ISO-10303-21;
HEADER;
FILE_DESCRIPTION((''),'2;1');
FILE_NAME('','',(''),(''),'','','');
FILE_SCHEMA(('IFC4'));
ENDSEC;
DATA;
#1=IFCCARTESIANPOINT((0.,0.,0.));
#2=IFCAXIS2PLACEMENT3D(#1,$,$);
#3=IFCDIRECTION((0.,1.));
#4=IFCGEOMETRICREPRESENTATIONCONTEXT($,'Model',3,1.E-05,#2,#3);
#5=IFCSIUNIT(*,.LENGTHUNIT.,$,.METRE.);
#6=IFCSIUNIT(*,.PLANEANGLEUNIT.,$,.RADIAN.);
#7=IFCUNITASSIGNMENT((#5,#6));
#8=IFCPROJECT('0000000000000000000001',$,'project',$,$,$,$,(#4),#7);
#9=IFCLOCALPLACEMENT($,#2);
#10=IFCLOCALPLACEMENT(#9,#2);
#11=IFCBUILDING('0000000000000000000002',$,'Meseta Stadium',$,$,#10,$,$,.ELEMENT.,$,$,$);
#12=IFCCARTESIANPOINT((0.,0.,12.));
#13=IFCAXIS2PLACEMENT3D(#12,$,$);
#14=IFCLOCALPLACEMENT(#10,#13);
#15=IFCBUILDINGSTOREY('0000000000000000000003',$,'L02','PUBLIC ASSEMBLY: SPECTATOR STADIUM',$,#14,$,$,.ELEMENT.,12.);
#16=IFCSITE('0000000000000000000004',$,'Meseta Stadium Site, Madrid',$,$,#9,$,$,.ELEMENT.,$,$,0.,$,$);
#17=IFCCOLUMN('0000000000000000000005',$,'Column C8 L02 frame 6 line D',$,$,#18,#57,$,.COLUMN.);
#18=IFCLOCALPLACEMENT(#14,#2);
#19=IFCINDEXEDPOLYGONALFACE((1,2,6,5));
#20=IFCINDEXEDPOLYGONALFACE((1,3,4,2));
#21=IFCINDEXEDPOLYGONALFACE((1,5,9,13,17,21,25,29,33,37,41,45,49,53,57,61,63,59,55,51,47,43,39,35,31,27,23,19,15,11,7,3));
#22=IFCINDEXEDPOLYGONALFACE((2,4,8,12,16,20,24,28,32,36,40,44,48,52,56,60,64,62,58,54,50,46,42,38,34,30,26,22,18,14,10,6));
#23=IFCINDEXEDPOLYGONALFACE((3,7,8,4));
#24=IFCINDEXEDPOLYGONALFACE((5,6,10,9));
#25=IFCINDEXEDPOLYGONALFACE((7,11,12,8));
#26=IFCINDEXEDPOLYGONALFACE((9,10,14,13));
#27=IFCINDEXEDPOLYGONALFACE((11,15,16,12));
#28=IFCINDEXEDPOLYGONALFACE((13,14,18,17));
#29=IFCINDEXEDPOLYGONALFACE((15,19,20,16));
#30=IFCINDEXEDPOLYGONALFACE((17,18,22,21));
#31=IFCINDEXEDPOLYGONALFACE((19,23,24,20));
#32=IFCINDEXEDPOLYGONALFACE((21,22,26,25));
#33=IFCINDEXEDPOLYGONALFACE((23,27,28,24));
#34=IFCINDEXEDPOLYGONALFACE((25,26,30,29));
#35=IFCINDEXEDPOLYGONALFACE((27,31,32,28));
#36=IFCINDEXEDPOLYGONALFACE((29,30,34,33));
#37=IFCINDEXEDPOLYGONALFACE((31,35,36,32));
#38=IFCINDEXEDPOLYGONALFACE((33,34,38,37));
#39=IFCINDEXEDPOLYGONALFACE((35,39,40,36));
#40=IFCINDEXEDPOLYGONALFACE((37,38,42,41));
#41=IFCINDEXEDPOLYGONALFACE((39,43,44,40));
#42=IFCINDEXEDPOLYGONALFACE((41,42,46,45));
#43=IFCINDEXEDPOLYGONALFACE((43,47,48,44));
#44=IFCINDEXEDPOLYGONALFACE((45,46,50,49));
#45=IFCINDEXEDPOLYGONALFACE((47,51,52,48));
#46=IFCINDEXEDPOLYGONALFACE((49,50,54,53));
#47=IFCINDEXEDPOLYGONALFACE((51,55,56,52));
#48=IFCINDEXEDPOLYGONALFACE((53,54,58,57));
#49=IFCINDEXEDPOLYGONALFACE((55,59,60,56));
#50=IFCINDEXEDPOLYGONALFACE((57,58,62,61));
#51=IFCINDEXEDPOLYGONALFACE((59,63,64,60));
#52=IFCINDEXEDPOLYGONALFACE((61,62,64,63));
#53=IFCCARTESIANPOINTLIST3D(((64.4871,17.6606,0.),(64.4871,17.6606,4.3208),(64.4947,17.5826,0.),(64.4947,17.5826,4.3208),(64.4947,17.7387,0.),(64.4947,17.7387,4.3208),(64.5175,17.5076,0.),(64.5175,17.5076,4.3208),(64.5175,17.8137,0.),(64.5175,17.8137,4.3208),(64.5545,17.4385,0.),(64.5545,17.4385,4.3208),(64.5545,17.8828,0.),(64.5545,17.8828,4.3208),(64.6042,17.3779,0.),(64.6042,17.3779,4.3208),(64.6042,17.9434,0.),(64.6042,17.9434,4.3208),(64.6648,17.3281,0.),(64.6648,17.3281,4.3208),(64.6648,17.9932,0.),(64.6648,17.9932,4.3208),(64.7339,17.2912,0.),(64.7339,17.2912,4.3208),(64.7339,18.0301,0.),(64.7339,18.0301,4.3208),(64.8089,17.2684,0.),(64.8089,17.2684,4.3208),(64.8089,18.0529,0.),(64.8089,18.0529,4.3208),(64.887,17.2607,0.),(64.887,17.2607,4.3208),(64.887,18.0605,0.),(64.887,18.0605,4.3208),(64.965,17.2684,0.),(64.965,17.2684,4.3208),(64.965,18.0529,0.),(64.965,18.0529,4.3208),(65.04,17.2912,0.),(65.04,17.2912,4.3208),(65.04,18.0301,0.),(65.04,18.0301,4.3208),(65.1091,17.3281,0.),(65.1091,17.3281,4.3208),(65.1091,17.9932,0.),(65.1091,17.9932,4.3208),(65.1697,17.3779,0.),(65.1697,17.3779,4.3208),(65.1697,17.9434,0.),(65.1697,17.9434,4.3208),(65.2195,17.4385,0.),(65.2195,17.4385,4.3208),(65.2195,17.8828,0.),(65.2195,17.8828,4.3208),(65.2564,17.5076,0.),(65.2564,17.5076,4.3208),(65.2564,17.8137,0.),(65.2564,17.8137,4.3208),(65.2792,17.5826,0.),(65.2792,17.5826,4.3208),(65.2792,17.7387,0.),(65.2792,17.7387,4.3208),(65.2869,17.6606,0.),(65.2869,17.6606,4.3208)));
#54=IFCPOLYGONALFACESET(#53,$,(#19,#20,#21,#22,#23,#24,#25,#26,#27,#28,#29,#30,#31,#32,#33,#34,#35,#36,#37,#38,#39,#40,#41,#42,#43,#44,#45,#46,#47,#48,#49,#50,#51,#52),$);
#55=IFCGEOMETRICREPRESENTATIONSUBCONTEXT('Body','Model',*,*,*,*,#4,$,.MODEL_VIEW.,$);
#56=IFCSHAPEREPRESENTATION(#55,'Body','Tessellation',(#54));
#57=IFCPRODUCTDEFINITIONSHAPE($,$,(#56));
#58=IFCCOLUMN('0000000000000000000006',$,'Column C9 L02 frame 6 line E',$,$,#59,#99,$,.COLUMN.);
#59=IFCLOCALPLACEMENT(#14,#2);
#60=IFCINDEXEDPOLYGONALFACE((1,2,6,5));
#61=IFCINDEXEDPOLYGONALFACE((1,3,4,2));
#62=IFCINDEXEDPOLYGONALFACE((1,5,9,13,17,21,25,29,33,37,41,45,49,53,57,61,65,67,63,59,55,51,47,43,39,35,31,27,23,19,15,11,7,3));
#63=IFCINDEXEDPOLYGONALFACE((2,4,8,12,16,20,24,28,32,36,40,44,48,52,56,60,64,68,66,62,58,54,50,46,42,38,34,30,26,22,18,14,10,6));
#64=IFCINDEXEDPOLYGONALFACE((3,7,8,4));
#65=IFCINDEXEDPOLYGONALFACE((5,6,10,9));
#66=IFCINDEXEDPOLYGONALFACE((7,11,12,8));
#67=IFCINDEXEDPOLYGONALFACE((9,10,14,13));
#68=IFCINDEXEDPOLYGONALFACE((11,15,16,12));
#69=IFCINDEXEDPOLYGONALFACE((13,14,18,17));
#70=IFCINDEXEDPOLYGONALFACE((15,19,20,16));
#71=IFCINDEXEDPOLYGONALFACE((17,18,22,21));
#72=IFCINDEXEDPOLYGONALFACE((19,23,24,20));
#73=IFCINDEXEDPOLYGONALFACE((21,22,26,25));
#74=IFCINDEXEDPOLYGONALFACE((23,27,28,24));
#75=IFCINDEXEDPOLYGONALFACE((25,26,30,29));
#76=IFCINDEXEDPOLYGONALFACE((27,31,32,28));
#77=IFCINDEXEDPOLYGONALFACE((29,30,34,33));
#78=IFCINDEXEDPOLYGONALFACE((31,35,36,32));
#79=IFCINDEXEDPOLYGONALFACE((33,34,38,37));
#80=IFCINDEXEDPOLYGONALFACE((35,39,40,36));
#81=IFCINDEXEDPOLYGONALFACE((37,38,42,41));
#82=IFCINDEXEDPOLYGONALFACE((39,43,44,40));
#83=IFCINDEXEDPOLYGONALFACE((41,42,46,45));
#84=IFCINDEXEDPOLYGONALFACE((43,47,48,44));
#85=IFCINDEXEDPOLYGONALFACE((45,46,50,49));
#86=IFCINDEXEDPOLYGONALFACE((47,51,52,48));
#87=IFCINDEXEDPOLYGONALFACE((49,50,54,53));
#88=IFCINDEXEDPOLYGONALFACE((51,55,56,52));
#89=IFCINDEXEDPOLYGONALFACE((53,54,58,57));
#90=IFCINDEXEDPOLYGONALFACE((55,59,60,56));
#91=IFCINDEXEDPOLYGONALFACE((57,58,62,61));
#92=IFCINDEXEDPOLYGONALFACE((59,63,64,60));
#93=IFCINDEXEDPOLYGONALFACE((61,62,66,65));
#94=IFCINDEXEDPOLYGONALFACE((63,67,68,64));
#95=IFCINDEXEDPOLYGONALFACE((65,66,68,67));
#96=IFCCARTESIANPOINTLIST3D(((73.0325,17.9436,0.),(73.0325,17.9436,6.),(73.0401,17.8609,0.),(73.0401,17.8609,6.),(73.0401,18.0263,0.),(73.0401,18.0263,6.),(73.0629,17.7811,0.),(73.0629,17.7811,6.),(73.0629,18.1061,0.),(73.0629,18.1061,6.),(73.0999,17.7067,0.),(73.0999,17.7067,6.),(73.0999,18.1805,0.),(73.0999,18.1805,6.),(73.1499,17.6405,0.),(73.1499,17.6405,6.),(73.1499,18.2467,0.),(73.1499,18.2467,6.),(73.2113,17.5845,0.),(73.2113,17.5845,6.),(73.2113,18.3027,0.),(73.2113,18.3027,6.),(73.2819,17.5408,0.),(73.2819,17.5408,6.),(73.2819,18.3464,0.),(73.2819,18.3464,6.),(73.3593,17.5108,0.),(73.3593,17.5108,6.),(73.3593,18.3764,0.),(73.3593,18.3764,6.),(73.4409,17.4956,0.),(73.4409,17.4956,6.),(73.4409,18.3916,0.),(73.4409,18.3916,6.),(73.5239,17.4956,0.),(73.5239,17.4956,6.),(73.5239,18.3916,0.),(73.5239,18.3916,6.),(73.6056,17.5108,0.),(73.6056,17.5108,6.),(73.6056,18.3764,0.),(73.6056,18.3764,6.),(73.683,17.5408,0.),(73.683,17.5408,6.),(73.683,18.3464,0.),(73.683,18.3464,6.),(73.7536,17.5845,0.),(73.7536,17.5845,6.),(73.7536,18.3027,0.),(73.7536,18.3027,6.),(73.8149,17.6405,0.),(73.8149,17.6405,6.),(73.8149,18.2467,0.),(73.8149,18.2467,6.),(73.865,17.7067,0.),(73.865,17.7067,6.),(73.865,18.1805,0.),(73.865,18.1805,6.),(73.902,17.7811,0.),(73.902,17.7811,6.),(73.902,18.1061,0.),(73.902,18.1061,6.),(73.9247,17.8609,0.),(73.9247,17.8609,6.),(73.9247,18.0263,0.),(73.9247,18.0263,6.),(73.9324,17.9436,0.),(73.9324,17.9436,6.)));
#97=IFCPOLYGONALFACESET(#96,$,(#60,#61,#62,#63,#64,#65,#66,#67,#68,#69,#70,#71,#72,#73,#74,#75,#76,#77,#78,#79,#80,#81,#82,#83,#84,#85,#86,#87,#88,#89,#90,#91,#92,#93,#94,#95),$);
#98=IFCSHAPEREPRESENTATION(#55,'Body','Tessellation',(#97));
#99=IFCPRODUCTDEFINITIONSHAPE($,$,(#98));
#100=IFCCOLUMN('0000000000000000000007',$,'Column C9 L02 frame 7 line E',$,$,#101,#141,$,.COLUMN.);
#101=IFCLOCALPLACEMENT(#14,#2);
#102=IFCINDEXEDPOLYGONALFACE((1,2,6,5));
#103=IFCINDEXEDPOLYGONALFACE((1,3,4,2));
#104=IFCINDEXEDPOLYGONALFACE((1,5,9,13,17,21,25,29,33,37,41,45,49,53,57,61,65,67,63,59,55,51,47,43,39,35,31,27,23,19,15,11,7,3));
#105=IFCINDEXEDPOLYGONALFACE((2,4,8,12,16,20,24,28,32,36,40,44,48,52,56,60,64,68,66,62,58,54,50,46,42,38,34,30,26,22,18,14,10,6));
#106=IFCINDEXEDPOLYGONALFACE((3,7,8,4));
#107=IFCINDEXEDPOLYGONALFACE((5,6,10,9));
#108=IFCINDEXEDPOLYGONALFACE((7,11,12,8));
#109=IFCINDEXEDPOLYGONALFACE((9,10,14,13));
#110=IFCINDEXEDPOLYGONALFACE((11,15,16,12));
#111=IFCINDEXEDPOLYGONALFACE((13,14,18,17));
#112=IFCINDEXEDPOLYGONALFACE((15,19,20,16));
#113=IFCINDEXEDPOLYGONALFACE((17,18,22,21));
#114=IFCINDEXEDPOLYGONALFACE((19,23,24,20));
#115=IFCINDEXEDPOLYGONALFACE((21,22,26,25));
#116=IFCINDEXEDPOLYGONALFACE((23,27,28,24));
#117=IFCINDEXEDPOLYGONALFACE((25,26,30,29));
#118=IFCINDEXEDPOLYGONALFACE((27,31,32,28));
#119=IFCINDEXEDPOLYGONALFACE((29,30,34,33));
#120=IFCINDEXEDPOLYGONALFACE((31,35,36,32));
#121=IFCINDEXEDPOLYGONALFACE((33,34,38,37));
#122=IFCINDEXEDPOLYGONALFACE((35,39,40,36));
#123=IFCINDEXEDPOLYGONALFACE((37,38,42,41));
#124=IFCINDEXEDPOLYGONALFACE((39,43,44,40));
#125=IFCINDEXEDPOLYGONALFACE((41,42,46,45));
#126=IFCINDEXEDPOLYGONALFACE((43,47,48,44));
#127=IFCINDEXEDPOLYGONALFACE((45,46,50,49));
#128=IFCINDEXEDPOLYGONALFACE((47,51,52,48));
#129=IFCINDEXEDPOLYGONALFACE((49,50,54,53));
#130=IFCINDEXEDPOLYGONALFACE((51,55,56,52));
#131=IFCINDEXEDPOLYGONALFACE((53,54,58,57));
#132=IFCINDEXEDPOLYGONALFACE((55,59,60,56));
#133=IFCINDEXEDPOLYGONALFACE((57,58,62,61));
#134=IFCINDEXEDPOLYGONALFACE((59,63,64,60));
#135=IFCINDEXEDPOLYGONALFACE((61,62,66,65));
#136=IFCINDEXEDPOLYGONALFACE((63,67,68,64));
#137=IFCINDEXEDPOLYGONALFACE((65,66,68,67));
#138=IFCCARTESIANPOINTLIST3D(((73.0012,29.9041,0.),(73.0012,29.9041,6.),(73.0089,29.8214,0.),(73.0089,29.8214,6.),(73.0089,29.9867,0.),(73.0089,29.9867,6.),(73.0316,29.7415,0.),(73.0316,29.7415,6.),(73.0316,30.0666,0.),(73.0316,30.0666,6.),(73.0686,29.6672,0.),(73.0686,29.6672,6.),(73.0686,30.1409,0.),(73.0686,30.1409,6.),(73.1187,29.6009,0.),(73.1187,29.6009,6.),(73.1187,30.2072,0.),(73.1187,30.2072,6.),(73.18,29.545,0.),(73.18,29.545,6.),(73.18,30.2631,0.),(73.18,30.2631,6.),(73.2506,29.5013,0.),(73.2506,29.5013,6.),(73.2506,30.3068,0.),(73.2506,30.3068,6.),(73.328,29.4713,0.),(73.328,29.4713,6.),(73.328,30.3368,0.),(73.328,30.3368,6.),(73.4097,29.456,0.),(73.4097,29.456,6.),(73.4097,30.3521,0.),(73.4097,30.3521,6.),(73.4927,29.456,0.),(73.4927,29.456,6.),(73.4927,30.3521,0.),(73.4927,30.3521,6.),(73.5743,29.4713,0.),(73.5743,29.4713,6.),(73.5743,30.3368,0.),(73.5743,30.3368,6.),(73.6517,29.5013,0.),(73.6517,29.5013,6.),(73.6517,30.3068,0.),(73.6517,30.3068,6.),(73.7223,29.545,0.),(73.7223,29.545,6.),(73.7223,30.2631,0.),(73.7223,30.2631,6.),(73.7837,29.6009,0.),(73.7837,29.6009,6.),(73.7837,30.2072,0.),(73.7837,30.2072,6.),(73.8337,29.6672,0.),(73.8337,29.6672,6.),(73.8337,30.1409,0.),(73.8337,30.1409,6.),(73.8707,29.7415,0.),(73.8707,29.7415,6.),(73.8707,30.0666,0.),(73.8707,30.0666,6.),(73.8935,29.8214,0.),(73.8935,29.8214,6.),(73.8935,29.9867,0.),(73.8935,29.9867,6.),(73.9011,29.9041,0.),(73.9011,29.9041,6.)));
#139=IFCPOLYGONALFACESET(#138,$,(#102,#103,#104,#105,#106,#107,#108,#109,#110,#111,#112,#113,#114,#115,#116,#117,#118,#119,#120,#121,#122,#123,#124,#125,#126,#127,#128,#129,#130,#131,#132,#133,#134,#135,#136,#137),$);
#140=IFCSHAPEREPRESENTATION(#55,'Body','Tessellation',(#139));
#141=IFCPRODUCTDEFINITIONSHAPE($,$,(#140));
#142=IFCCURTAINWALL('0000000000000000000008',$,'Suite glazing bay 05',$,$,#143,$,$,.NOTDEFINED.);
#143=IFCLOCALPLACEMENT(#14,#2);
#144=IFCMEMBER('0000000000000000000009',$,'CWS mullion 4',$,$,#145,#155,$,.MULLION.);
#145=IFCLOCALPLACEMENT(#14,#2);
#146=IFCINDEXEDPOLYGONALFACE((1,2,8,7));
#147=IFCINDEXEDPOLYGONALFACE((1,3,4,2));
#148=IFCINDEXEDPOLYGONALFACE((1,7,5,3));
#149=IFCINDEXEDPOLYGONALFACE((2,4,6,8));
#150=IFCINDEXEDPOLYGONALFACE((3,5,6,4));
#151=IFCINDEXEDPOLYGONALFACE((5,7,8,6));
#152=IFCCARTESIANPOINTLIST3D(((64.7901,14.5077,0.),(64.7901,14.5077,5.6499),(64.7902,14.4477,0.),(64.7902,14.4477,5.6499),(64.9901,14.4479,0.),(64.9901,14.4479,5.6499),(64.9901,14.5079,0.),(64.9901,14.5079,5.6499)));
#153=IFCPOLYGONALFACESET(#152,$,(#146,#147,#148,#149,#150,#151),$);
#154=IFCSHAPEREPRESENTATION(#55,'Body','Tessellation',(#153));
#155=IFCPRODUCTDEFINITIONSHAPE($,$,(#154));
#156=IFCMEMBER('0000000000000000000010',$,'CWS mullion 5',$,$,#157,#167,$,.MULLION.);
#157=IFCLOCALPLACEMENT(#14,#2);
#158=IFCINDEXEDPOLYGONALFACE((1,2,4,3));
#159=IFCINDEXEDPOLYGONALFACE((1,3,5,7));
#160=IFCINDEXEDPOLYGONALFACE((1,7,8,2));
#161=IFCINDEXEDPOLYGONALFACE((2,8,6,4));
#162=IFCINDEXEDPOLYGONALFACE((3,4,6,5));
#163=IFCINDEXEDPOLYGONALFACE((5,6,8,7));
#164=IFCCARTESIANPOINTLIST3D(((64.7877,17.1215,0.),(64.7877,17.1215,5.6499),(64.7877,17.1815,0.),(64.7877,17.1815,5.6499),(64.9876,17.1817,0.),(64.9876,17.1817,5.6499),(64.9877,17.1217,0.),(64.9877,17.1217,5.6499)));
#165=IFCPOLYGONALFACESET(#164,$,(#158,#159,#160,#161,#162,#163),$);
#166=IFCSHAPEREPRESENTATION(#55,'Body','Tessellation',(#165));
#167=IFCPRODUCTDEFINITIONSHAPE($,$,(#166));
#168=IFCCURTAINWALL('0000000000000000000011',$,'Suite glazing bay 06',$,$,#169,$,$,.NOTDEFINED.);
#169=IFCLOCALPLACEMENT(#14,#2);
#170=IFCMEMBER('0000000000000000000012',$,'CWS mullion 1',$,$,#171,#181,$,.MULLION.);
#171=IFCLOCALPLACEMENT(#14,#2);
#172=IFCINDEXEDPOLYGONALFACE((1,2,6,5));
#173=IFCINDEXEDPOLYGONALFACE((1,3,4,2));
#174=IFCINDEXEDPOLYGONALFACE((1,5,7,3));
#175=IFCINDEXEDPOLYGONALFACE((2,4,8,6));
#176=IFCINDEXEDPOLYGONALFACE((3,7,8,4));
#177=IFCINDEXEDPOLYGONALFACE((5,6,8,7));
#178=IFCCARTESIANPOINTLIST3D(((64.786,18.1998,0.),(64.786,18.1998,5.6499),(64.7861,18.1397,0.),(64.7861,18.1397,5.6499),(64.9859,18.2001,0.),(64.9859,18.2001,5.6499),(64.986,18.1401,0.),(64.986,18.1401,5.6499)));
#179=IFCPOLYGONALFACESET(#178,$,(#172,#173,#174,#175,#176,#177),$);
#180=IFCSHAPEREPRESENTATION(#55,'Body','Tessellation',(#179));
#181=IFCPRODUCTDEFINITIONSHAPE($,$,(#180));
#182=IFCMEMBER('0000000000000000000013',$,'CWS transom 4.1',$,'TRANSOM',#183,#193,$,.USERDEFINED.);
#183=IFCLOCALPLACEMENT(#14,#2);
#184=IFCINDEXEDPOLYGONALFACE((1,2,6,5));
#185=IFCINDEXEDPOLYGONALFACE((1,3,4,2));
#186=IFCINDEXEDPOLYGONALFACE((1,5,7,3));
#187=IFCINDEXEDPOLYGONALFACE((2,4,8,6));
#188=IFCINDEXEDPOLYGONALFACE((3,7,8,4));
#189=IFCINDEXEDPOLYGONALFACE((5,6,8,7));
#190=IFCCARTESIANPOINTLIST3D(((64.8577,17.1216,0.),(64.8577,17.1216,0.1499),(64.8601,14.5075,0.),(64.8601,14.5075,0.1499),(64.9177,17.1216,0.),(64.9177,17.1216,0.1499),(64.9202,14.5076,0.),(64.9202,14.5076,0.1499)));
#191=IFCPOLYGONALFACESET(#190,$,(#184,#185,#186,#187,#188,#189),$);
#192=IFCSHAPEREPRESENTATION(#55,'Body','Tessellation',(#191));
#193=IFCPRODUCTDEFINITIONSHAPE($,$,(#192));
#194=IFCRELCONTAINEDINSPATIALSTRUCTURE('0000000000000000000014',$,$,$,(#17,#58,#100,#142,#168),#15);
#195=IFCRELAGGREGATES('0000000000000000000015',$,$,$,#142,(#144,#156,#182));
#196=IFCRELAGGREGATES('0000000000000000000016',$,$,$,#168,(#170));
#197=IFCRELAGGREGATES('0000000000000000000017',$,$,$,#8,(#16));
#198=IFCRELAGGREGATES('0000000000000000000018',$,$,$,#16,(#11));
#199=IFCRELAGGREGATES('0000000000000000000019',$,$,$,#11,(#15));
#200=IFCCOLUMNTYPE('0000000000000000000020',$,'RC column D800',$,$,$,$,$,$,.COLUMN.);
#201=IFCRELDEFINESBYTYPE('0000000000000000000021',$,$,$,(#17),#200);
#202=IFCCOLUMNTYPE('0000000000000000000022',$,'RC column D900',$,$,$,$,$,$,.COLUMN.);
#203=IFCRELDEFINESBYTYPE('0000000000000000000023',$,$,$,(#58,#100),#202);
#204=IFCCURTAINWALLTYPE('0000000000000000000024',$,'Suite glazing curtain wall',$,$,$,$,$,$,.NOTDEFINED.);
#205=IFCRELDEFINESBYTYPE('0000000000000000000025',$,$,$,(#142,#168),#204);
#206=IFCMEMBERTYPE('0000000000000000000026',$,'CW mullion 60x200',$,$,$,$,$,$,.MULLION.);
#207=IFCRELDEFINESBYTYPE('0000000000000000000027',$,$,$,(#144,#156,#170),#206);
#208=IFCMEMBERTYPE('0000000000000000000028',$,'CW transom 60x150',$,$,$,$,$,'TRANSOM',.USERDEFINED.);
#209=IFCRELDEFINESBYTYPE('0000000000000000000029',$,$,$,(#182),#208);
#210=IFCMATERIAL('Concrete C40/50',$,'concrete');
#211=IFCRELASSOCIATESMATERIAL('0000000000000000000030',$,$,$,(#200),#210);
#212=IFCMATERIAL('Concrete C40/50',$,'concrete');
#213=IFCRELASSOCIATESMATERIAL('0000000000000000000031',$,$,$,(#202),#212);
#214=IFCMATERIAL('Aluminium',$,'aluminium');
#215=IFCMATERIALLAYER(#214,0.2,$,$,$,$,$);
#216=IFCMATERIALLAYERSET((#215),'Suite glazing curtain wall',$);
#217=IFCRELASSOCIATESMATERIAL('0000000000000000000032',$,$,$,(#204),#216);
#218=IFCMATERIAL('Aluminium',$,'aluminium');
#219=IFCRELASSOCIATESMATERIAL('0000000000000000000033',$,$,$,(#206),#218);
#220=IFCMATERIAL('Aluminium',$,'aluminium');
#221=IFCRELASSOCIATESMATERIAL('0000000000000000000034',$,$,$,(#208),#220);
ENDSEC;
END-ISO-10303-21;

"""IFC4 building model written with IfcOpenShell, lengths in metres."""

from ifc_helpers import new_model, si_unit, direction, frame, origin, origin_2d, place, context, subcontext, project, spatial, rectangle, circle, extrude, material, layer, layer_set, material_profile, profile_set, type_object, element, aggregate, save


model = new_model("IFC4")

# Units and contexts
model_context = context("Model", 3, precision=1e-05, world=origin(), true_north=direction((0.0, 1.0)))
body_context = subcontext(model_context, "Body", "Model", "MODEL_VIEW")
ifc_project = project(units=[si_unit("LENGTHUNIT", "METRE"), si_unit("PLANEANGLEUNIT", "RADIAN")], contexts=[model_context])

# Site, building, storey
site_placement = place(None, origin())
site = spatial("IfcSite", under=ifc_project, at=site_placement, Name="Meseta Stadium Site, Madrid", CompositionType="ELEMENT", RefElevation=0.0)
building_placement = place(site_placement, origin())
building = spatial("IfcBuilding", under=site, at=building_placement, Name="Meseta Stadium", CompositionType="ELEMENT")
storey_placement = place(building_placement, frame((0.0, 0.0, 12.0)))
storey = spatial("IfcBuildingStorey", under=building, at=storey_placement, Name="L02", Description="PUBLIC ASSEMBLY: SPECTATOR STADIUM", CompositionType="ELEMENT", Elevation=12.0)

# Columns
ifc_material_1 = material(Name="Concrete C40/50", Category="concrete")
ifc_material_profile_1 = material_profile(ifc_material_1, circle(Radius=0.3999, at=origin_2d()), Name="RC D800")
ifc_profile_set_1 = profile_set([ifc_material_profile_1], Name="Concrete C40/50")
column_type_1 = type_object("IfcColumnType", Name="RC column D800", PredefinedType="COLUMN", material=ifc_profile_set_1)
column_placement = place(storey_placement, frame((64.887, 17.6606, 0.0), z_axis=(0.0, 0.0, 1.0), x_axis=(1.0, 0.0, 0.0)))
element("IfcColumn", 1, at=column_placement, inside=storey, type_object=column_type_1, Name="Column C8 L02 frame 6 line D", PredefinedType="COLUMN", context=body_context, shape_type="SweptSolid", body=[
    extrude(circle(Radius=0.3999, at=origin_2d()), origin(), (0.0, 0.0, 1.0), 4.3208),
])
ifc_material_2 = material(Name="Concrete C40/50", Category="concrete")
ifc_material_profile_2 = material_profile(ifc_material_2, circle(Radius=0.45, at=origin_2d()), Name="RC D900")
ifc_profile_set_2 = profile_set([ifc_material_profile_2], Name="Concrete C40/50")
column_type_2 = type_object("IfcColumnType", Name="RC column D900", PredefinedType="COLUMN", material=ifc_profile_set_2)
for number, where, z_axis, x_axis, name in (
    (2, (73.4824, 17.9436, 0.0), (0.0, 0.0, 1.0), (1.0, 0.0, 0.0), "Column C9 L02 frame 6 line E"),
    (3, (73.4512, 29.9041, 0.0), (0.0, 0.0, 1.0), (1.0, 0.0, 0.0), "Column C9 L02 frame 7 line E"),
):
    element("IfcColumn", number, at=place(storey_placement, frame(where, z_axis=z_axis, x_axis=x_axis)), inside=storey, type_object=column_type_2, Name=name, PredefinedType="COLUMN", context=body_context, shape_type="SweptSolid", body=[
        extrude(circle(Radius=0.45, at=origin_2d()), origin(), (0.0, 0.0, 1.0), 6.0),
    ])

# Curtain wall, members
ifc_material_3 = material(Name="Aluminium", Category="aluminium")
ifc_layer_1 = layer(ifc_material_3, 0.2)
ifc_layer_set_1 = layer_set([ifc_layer_1], Name="Suite glazing curtain wall")
curtain_wall_type = type_object("IfcCurtainWallType", Name="Suite glazing curtain wall", PredefinedType="NOTDEFINED", material=ifc_layer_set_1)
curtain_wall_1_placement = place(storey_placement, origin())
curtain_wall_1 = element("IfcCurtainWall", 4, at=curtain_wall_1_placement, inside=storey, type_object=curtain_wall_type, Name="Suite glazing bay 05", PredefinedType="NOTDEFINED")
ifc_material_4 = material(Name="Aluminium", Category="aluminium")
ifc_material_profile_3 = material_profile(ifc_material_4, rectangle(XDim=0.2, YDim=0.0601, at=origin_2d()), Name="CW 200x60")
ifc_profile_set_3 = profile_set([ifc_material_profile_3], Name="Aluminium")
member_type_1 = type_object("IfcMemberType", Name="CW mullion 60x200", PredefinedType="MULLION", material=ifc_profile_set_3)
member_1_placement = place(storey_placement, frame((64.8901, 14.4778, 0.0), z_axis=(0.0, 0.0, 1.0), x_axis=(-1.0, -0.000975, 0.0)))
member_1 = element("IfcMember", 5, at=member_1_placement, type_object=member_type_1, Name="CWS mullion 4", PredefinedType="MULLION", context=body_context, shape_type="SweptSolid", body=[
    extrude(rectangle(XDim=0.2, YDim=0.0601, at=origin_2d()), origin(), (0.0, 0.0, 1.0), 5.6499),
])
member_2_placement = place(storey_placement, frame((64.8877, 17.1516, 0.0), z_axis=(0.0, 0.0, 1.0), x_axis=(-1.0, -0.000975, 0.0)))
member_2 = element("IfcMember", 6, at=member_2_placement, type_object=member_type_1, Name="CWS mullion 5", PredefinedType="MULLION", context=body_context, shape_type="SweptSolid", body=[
    extrude(rectangle(XDim=0.2, YDim=0.0601, at=origin_2d()), origin(), (0.0, 0.0, 1.0), 5.6499),
])

# Curtain wall, member
curtain_wall_2_placement = place(storey_placement, origin())
curtain_wall_2 = element("IfcCurtainWall", 7, at=curtain_wall_2_placement, inside=storey, type_object=curtain_wall_type, Name="Suite glazing bay 06", PredefinedType="NOTDEFINED")
member_3_placement = place(storey_placement, frame((64.886, 18.1699, 0.0), z_axis=(0.0, 0.0, 1.0), x_axis=(-0.999998, -0.001947, 0.0)))
member_3 = element("IfcMember", 8, at=member_3_placement, type_object=member_type_1, Name="CWS mullion 1", PredefinedType="MULLION", context=body_context, shape_type="SweptSolid", body=[
    extrude(rectangle(XDim=0.2, YDim=0.0601, at=origin_2d()), origin(), (0.0, 0.0, 1.0), 5.6499),
])

# Member
ifc_material_5 = material(Name="Aluminium", Category="aluminium")
ifc_material_profile_4 = material_profile(ifc_material_5, rectangle(XDim=0.0601, YDim=0.1499, at=origin_2d()), Name="CW 60x150")
ifc_profile_set_4 = profile_set([ifc_material_profile_4], Name="Aluminium")
member_type_2 = type_object("IfcMemberType", Name="CW transom 60x150", ElementType="TRANSOM", PredefinedType="USERDEFINED", material=ifc_profile_set_4)
member_4_placement = place(storey_placement, frame((64.8901, 14.5076, 0.075), z_axis=(-0.000934, 1.0, 0.0), x_axis=(-1.0, -0.000934, 0.0)))
member_4 = element("IfcMember", 9, at=member_4_placement, type_object=member_type_2, Name="CWS transom 4.1", ObjectType="TRANSOM", PredefinedType="USERDEFINED", context=body_context, shape_type="SweptSolid", body=[
    extrude(rectangle(XDim=0.0601, YDim=0.1499, at=origin_2d()), origin(), (0.0, 0.0, 1.0), 2.614),
])

aggregate(curtain_wall_1, [member_1, member_2, member_4])
aggregate(curtain_wall_2, [member_3])

save(model, "model.ifc")
